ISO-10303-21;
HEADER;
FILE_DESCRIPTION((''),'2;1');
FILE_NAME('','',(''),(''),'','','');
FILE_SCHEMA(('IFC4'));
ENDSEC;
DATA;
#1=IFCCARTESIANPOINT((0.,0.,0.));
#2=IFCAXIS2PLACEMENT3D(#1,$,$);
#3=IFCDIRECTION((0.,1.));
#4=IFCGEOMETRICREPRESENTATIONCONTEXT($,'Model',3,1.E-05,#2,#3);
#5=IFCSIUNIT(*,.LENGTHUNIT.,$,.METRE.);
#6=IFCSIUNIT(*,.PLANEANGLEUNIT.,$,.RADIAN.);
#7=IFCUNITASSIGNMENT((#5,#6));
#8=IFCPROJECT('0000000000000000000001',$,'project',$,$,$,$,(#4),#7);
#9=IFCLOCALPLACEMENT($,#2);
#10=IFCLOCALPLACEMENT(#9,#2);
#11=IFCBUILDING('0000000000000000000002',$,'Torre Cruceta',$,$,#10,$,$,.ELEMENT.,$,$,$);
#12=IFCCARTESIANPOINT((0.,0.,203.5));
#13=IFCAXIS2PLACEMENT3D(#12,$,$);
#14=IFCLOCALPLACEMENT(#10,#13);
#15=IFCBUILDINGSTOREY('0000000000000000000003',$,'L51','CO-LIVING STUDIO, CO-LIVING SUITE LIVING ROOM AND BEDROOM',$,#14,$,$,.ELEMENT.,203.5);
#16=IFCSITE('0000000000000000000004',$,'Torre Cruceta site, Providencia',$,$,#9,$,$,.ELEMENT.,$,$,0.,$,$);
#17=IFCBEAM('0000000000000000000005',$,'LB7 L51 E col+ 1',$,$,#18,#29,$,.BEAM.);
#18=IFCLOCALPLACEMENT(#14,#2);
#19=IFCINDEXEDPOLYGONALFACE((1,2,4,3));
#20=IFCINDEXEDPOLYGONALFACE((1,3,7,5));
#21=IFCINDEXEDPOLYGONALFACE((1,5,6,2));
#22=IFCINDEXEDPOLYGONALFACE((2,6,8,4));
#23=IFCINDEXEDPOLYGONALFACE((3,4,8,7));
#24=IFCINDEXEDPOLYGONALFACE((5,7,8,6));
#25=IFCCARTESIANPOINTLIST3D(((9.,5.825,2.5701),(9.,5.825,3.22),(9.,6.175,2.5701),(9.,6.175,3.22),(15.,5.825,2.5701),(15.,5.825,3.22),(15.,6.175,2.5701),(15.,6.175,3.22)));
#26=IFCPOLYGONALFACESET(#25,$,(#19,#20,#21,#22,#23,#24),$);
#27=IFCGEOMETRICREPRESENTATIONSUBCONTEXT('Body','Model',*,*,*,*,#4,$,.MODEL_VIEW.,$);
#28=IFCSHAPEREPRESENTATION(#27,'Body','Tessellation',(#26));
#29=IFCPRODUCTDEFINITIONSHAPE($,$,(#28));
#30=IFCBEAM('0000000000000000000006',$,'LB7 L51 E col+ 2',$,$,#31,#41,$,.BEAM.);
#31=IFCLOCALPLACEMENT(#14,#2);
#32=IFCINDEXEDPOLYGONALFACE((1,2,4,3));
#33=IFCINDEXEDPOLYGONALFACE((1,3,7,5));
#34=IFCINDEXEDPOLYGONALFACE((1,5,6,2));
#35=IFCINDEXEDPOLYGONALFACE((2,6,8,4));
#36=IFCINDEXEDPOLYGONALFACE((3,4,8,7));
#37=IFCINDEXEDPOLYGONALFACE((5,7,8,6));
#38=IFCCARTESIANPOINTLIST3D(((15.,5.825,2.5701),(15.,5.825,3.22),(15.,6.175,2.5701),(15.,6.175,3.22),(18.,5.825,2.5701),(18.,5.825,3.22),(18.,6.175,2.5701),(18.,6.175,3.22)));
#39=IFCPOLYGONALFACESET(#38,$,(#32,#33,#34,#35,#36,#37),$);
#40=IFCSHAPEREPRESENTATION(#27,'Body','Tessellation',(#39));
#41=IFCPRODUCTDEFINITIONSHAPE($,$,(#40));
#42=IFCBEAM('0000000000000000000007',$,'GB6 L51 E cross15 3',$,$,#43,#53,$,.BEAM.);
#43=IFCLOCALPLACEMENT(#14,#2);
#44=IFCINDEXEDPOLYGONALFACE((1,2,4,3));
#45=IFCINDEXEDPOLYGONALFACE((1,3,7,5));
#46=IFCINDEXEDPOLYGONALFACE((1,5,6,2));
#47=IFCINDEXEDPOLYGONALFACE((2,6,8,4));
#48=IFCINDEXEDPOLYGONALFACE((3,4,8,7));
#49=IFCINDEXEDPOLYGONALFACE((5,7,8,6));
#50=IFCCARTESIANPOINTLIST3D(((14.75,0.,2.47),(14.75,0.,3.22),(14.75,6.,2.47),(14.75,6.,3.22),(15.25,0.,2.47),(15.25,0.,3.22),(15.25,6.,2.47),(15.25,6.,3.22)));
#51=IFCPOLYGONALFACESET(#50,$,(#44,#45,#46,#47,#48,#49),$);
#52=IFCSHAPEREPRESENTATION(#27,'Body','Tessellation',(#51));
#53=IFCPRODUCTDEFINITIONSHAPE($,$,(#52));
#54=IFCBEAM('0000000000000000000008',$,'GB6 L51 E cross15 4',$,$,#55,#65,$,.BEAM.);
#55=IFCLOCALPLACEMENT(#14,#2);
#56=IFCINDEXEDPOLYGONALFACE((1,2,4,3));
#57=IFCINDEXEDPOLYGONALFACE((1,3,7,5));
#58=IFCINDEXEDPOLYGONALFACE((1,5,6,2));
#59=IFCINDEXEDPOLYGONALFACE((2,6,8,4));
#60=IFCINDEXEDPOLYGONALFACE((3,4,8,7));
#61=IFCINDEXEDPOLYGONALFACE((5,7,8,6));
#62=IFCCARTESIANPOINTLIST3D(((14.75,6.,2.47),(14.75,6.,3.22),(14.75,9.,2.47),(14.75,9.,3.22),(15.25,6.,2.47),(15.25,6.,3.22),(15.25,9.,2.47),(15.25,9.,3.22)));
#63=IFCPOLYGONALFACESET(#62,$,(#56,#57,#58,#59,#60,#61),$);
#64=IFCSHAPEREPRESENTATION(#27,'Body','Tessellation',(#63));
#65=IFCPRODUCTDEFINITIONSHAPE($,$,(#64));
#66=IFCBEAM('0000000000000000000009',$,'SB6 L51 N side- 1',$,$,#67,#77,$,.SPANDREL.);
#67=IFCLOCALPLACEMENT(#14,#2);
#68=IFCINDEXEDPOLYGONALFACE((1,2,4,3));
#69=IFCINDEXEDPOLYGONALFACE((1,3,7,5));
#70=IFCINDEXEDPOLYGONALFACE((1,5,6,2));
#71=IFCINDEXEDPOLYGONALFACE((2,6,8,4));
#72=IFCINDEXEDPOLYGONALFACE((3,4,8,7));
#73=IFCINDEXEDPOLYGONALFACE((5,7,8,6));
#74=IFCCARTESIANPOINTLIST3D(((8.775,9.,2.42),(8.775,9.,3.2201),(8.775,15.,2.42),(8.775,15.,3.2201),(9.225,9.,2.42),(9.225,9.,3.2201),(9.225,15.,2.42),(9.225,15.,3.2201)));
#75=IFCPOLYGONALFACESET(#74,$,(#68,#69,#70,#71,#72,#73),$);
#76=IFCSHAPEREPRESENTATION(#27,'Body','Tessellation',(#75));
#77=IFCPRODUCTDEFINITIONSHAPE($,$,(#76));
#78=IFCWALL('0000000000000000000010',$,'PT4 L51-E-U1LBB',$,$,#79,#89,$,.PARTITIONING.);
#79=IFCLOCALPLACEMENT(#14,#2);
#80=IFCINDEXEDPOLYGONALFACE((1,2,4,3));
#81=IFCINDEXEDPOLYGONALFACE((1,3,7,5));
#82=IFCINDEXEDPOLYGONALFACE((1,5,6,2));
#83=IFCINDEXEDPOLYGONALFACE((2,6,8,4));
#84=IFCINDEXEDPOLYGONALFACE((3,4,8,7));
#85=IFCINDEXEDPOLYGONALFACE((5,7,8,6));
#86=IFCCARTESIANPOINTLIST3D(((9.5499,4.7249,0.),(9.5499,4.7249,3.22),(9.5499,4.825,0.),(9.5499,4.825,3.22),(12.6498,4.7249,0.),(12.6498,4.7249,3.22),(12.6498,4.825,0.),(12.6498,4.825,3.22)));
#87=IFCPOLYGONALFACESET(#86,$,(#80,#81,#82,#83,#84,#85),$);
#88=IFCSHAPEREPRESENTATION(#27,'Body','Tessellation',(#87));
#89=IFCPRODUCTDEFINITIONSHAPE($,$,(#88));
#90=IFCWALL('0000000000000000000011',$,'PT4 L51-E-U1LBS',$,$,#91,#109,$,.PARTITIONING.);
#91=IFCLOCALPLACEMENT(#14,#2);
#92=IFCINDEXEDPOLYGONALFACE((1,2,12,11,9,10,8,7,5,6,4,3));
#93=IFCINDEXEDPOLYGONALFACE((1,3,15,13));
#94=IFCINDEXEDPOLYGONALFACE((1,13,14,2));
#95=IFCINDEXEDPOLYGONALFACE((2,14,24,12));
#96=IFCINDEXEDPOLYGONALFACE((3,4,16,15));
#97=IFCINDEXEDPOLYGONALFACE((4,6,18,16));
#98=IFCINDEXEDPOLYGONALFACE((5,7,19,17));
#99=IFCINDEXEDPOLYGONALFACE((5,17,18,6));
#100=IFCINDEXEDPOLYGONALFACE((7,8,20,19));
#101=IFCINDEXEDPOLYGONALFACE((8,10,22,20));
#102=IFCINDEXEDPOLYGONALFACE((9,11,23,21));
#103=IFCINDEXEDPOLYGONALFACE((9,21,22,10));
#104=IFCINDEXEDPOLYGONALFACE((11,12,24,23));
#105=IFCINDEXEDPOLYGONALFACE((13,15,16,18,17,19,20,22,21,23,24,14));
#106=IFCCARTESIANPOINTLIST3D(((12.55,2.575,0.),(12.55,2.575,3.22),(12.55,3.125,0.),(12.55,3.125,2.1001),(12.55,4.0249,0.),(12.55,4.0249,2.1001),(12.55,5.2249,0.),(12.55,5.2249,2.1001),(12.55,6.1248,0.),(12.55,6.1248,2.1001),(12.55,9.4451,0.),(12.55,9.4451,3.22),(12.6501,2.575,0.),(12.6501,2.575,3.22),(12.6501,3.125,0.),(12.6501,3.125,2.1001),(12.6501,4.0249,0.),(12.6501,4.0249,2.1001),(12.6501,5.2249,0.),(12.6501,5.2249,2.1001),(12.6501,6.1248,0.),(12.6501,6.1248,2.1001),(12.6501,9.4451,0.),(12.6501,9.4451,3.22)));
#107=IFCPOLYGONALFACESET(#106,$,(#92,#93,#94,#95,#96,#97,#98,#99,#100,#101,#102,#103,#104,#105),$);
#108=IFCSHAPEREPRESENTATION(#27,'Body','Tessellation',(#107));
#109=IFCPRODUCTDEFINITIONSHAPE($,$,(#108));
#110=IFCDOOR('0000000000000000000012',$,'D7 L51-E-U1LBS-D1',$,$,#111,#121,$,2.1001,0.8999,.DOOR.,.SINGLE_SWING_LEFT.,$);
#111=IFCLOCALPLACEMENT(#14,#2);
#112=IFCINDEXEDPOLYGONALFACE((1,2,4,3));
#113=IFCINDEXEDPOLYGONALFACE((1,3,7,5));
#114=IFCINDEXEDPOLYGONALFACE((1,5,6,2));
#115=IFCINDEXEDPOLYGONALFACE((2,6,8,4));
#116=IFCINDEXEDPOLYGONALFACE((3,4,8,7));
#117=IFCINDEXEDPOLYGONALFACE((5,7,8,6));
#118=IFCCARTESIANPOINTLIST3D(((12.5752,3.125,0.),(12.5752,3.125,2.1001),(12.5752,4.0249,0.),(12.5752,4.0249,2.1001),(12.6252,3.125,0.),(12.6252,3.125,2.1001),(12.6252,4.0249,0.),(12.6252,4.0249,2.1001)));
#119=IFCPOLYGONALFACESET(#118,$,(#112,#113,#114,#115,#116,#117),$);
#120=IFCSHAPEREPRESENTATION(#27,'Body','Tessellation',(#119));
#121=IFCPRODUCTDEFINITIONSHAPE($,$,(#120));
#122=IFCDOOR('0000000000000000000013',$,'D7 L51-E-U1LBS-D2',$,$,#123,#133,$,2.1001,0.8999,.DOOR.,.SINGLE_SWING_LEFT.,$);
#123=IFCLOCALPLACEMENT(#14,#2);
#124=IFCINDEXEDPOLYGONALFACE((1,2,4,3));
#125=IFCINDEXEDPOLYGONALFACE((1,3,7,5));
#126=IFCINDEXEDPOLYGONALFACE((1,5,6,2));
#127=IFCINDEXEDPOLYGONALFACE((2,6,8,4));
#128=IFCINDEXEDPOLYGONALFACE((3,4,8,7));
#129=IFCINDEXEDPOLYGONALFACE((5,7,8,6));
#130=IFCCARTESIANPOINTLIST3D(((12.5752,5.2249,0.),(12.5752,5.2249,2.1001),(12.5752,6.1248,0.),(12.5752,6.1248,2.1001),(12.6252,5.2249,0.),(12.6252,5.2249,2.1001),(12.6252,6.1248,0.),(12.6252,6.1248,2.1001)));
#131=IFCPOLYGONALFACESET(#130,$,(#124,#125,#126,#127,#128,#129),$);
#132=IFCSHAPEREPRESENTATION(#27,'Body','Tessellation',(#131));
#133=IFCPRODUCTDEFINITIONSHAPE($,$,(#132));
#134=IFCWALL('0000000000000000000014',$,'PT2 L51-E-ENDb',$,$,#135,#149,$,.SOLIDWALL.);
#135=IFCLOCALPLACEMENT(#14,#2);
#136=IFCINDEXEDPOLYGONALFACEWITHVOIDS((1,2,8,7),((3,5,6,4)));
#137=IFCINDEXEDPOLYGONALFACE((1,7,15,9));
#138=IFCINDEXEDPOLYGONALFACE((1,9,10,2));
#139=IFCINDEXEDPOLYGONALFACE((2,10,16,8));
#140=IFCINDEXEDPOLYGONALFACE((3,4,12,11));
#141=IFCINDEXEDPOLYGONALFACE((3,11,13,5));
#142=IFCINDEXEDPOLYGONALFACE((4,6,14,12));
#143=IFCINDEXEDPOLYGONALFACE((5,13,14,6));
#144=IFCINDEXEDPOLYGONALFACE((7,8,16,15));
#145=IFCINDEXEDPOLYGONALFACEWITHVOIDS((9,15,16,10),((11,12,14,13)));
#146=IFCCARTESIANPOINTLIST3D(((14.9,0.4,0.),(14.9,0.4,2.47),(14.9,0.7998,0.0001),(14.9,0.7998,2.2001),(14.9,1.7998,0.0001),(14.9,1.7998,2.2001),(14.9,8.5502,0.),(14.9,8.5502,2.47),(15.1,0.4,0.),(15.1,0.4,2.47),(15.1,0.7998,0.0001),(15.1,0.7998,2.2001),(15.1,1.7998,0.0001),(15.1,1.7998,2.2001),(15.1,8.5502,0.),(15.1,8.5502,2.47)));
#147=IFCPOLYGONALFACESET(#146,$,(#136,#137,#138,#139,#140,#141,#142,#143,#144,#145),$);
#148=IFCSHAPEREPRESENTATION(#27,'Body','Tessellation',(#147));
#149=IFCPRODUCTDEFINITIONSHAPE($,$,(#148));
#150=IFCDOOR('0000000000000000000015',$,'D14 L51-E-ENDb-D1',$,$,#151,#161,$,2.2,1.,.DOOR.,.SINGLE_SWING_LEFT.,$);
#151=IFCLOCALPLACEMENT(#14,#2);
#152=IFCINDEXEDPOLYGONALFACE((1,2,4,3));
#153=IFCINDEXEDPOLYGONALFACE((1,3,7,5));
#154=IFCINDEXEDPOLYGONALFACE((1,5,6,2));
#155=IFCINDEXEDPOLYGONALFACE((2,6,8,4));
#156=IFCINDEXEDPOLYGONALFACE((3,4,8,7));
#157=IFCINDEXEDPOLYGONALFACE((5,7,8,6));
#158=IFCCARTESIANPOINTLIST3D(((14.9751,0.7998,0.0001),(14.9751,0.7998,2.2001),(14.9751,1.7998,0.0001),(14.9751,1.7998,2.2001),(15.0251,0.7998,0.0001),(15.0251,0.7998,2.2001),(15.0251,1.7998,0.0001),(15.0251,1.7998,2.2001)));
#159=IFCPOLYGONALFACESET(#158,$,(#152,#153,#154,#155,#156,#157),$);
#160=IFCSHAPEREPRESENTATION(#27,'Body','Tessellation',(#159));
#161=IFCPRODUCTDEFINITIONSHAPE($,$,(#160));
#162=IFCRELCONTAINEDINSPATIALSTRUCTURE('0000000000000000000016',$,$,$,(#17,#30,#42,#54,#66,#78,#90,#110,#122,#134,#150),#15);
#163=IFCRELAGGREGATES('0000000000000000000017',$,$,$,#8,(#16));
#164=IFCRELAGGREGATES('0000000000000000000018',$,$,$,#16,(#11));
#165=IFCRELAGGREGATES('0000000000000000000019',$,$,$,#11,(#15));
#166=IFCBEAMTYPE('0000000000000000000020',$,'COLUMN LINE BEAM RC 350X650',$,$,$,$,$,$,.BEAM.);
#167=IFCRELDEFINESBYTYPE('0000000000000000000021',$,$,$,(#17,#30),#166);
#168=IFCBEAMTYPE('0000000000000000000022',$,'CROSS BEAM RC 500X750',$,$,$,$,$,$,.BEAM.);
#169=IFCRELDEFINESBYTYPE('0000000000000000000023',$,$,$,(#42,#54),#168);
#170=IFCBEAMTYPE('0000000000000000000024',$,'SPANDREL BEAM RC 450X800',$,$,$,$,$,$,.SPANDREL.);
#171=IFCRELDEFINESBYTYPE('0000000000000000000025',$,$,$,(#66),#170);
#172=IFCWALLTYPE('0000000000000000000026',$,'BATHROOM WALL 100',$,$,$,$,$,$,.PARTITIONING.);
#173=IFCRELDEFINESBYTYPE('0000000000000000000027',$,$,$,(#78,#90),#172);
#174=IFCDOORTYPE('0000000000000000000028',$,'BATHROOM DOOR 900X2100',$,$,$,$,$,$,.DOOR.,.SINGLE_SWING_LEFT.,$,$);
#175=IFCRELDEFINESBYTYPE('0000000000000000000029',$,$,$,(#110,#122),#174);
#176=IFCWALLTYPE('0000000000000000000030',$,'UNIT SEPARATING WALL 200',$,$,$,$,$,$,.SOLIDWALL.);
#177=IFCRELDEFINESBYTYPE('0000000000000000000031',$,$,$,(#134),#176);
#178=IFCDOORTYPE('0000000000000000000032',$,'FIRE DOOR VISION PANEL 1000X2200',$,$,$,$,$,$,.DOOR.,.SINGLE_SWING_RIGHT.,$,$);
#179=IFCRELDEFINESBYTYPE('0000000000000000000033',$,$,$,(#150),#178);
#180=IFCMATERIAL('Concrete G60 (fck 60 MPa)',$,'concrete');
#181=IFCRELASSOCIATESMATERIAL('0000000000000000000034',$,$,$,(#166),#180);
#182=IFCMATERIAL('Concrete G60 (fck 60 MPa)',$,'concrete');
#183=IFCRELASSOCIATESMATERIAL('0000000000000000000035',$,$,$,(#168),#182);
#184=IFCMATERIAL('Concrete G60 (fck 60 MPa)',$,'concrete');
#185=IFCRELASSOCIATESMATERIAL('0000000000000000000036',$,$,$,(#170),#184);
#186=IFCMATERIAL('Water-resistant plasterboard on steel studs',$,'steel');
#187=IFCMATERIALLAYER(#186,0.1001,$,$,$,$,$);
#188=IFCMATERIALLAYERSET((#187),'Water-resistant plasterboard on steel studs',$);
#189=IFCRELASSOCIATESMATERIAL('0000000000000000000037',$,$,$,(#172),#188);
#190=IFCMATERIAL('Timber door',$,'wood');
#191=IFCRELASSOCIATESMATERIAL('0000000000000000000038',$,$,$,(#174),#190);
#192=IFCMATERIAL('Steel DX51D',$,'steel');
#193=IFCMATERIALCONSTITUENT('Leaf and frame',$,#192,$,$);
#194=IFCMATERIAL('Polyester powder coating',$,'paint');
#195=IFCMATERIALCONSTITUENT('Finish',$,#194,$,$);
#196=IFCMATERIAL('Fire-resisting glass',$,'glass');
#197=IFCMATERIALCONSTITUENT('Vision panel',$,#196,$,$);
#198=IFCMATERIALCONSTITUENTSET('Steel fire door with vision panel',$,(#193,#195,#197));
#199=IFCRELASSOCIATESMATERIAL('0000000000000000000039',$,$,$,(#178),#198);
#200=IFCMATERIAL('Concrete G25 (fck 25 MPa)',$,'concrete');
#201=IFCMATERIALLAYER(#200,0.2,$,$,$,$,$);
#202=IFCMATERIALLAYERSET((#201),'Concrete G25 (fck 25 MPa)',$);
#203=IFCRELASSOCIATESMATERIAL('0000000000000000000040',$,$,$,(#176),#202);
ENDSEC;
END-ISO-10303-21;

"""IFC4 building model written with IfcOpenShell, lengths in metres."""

from ifc_helpers import new_model, si_unit, direction, frame, frame_2d, origin, origin_2d, place, context, subcontext, project, spatial, rectangle, extrude, material, layer, layer_set, constituent, constituent_set, material_profile, profile_set, type_object, element, fill, save


model = new_model("IFC4")

# Units and contexts
model_context = context("Model", 3, precision=1e-05, world=origin(), true_north=direction((0.0, 1.0)))
body_context = subcontext(model_context, "Body", "Model", "MODEL_VIEW")
ifc_project = project(units=[si_unit("LENGTHUNIT", "METRE"), si_unit("PLANEANGLEUNIT", "RADIAN")], contexts=[model_context])

# Site, building, storey
site_placement = place(None, origin())
site = spatial("IfcSite", under=ifc_project, at=site_placement, Name="Torre Cruceta site, Providencia", CompositionType="ELEMENT", RefElevation=0.0)
building_placement = place(site_placement, origin())
building = spatial("IfcBuilding", under=site, at=building_placement, Name="Torre Cruceta", CompositionType="ELEMENT")
storey_placement = place(building_placement, frame((0.0, 0.0, 203.5)))
storey = spatial("IfcBuildingStorey", under=building, at=storey_placement, Name="L51", Description="CO-LIVING STUDIO, CO-LIVING SUITE LIVING ROOM AND BEDROOM", CompositionType="ELEMENT", Elevation=203.5)

# Beams
ifc_material_1 = material(Name="Concrete G60 (fck 60 MPa)", Category="concrete")
ifc_material_profile_1 = material_profile(ifc_material_1, rectangle(XDim=0.3501, YDim=0.6499, at=origin_2d()), Name="RC 350X650")
ifc_profile_set_1 = profile_set([ifc_material_profile_1], Name="Concrete G60 (fck 60 MPa)")
beam_type_1 = type_object("IfcBeamType", Name="COLUMN LINE BEAM RC 350X650", PredefinedType="BEAM", material=ifc_profile_set_1)
beam_1_placement = place(storey_placement, frame((9.0, 6.0, 2.895), z_axis=(1.0, 0.0, 0.0), x_axis=(0.0, 1.0, 0.0)))
element("IfcBeam", 1, at=beam_1_placement, inside=storey, type_object=beam_type_1, Name="LB7 L51 E col+ 1", PredefinedType="BEAM", context=body_context, shape_type="SweptSolid", body=[
    extrude(rectangle(XDim=0.3501, YDim=0.6499, at=origin_2d()), origin(), (0.0, 0.0, 1.0), 6.0),
])
beam_2_placement = place(storey_placement, frame((15.0, 6.0, 2.895), z_axis=(1.0, 0.0, 0.0), x_axis=(0.0, 1.0, 0.0)))
element("IfcBeam", 2, at=beam_2_placement, inside=storey, type_object=beam_type_1, Name="LB7 L51 E col+ 2", PredefinedType="BEAM", context=body_context, shape_type="SweptSolid", body=[
    extrude(rectangle(XDim=0.3501, YDim=0.6499, at=origin_2d()), origin(), (0.0, 0.0, 1.0), 3.0),
])
ifc_material_2 = material(Name="Concrete G60 (fck 60 MPa)", Category="concrete")
ifc_material_profile_2 = material_profile(ifc_material_2, rectangle(XDim=0.5, YDim=0.75, at=origin_2d()), Name="RC 500X750")
ifc_profile_set_2 = profile_set([ifc_material_profile_2], Name="Concrete G60 (fck 60 MPa)")
beam_type_2 = type_object("IfcBeamType", Name="CROSS BEAM RC 500X750", PredefinedType="BEAM", material=ifc_profile_set_2)
beam_3_placement = place(storey_placement, frame((15.0, 0.0, 2.845), z_axis=(0.0, 1.0, 0.0), x_axis=(-1.0, 0.0, 0.0)))
element("IfcBeam", 3, at=beam_3_placement, inside=storey, type_object=beam_type_2, Name="GB6 L51 E cross15 3", PredefinedType="BEAM", context=body_context, shape_type="SweptSolid", body=[
    extrude(rectangle(XDim=0.5, YDim=0.75, at=origin_2d()), origin(), (0.0, 0.0, 1.0), 6.0),
])
beam_4_placement = place(storey_placement, frame((15.0, 6.0, 2.845), z_axis=(0.0, 1.0, 0.0), x_axis=(-1.0, 0.0, 0.0)))
element("IfcBeam", 4, at=beam_4_placement, inside=storey, type_object=beam_type_2, Name="GB6 L51 E cross15 4", PredefinedType="BEAM", context=body_context, shape_type="SweptSolid", body=[
    extrude(rectangle(XDim=0.5, YDim=0.75, at=origin_2d()), origin(), (0.0, 0.0, 1.0), 3.0),
])
ifc_material_3 = material(Name="Concrete G60 (fck 60 MPa)", Category="concrete")
ifc_material_profile_3 = material_profile(ifc_material_3, rectangle(XDim=0.45, YDim=0.8, at=origin_2d()), Name="RC 450X800")
ifc_profile_set_3 = profile_set([ifc_material_profile_3], Name="Concrete G60 (fck 60 MPa)")
beam_type_3 = type_object("IfcBeamType", Name="SPANDREL BEAM RC 450X800", PredefinedType="SPANDREL", material=ifc_profile_set_3)
beam_5_placement = place(storey_placement, frame((9.0, 9.0, 2.8201), z_axis=(0.0, 1.0, 0.0), x_axis=(-1.0, 0.0, 0.0)))
element("IfcBeam", 5, at=beam_5_placement, inside=storey, type_object=beam_type_3, Name="SB6 L51 N side- 1", PredefinedType="SPANDREL", context=body_context, shape_type="SweptSolid", body=[
    extrude(rectangle(XDim=0.45, YDim=0.8, at=origin_2d()), origin(), (0.0, 0.0, 1.0), 6.0),
])

# Wall
ifc_material_4 = material(Name="Water-resistant plasterboard on steel studs", Category="steel")
ifc_layer_1 = layer(ifc_material_4, 0.1001)
ifc_layer_set_1 = layer_set([ifc_layer_1], Name="Water-resistant plasterboard on steel studs")
wall_type_1 = type_object("IfcWallType", Name="BATHROOM WALL 100", PredefinedType="PARTITIONING", material=ifc_layer_set_1)
wall_1_placement = place(storey_placement, frame((9.55, 4.7749, 0.0), z_axis=(0.0, 0.0, 1.0), x_axis=(1.0, 0.0, 0.0)))
element("IfcWall", 6, at=wall_1_placement, inside=storey, type_object=wall_type_1, Name="PT4 L51-E-U1LBB", PredefinedType="PARTITIONING", context=body_context, shape_type="SweptSolid", body=[
    extrude(rectangle(XDim=3.0999, YDim=0.1001, at=frame_2d((1.5498, 0.0))), origin(), (0.0, 0.0, 1.0), 3.22),
])

# Wall, openings, doors
wall_2_placement = place(storey_placement, frame((12.6001, 2.575, 0.0), z_axis=(0.0, 0.0, 1.0), x_axis=(0.0, 1.0, 0.0)))
wall_2 = element("IfcWall", 7, at=wall_2_placement, inside=storey, type_object=wall_type_1, Name="PT4 L51-E-U1LBS", PredefinedType="PARTITIONING", context=body_context, shape_type="SweptSolid", body=[
    extrude(rectangle(XDim=6.8701, YDim=0.1001, at=frame_2d((3.4351, 0.0))), origin(), (0.0, 0.0, 1.0), 3.22),
])
opening_1_placement = place(wall_2_placement, frame((0.55, 0.0, 0.0)))
opening_1 = element("IfcOpeningElement", 8, at=opening_1_placement, cuts=wall_2, PredefinedType="OPENING", context=body_context, shape_type="SweptSolid", body=[
    extrude(rectangle(XDim=0.8999, YDim=2.1001, at=frame_2d((0.45, 1.05))), frame((0.0, 0.0601, 0.0), z_axis=(0.0, -1.0, 0.0), x_axis=(1.0, 0.0, 0.0)), (0.0, 0.0, 1.0), 0.1201),
])
opening_2_placement = place(wall_2_placement, frame((2.6499, 0.0, 0.0)))
opening_2 = element("IfcOpeningElement", 9, at=opening_2_placement, cuts=wall_2, PredefinedType="OPENING", context=body_context, shape_type="SweptSolid", body=[
    extrude(rectangle(XDim=0.8999, YDim=2.1001, at=frame_2d((0.45, 1.05))), frame((0.0, 0.0601, 0.0), z_axis=(0.0, -1.0, 0.0), x_axis=(1.0, 0.0, 0.0)), (0.0, 0.0, 1.0), 0.1201),
])
ifc_material_5 = material(Name="Timber door", Category="wood")
door_type_1 = type_object("IfcDoorType", Name="BATHROOM DOOR 900X2100", OperationType="SINGLE_SWING_LEFT", PredefinedType="DOOR", material=ifc_material_5)
door_1_placement = place(opening_1_placement, origin())
door_1 = element("IfcDoor", 10, at=door_1_placement, inside=storey, type_object=door_type_1, Name="D7 L51-E-U1LBS-D1", OperationType="SINGLE_SWING_LEFT", OverallHeight=2.1001, OverallWidth=0.8999, PredefinedType="DOOR", context=body_context, shape_type="SweptSolid", body=[
    extrude(rectangle(XDim=0.8999, YDim=2.1001, at=frame_2d((0.45, 1.05))), frame((0.0, 0.0249, 0.0), z_axis=(0.0, -1.0, 0.0), x_axis=(1.0, 0.0, 0.0)), (0.0, 0.0, 1.0), 0.05),
])
fill(opening_1, door_1)
door_2_placement = place(opening_2_placement, origin())
door_2 = element("IfcDoor", 11, at=door_2_placement, inside=storey, type_object=door_type_1, Name="D7 L51-E-U1LBS-D2", OperationType="SINGLE_SWING_LEFT", OverallHeight=2.1001, OverallWidth=0.8999, PredefinedType="DOOR", context=body_context, shape_type="SweptSolid", body=[
    extrude(rectangle(XDim=0.8999, YDim=2.1001, at=frame_2d((0.45, 1.05))), frame((0.0, 0.0249, 0.0), z_axis=(0.0, -1.0, 0.0), x_axis=(1.0, 0.0, 0.0)), (0.0, 0.0, 1.0), 0.05),
])
fill(opening_2, door_2)

# Shared definitions
ifc_material_6 = material(Name="Steel DX51D", Category="steel")
ifc_constituent_1 = constituent(ifc_material_6, Name="Leaf and frame")
ifc_material_7 = material(Name="Polyester powder coating", Category="paint")
ifc_constituent_2 = constituent(ifc_material_7, Name="Finish")
ifc_material_8 = material(Name="Fire-resisting glass", Category="glass")
ifc_constituent_3 = constituent(ifc_material_8, Name="Vision panel")
ifc_constituent_set_1 = constituent_set(constituents=[ifc_constituent_1, ifc_constituent_2, ifc_constituent_3], Name="Steel fire door with vision panel")
door_type_2 = type_object("IfcDoorType", Name="FIRE DOOR VISION PANEL 1000X2200", OperationType="SINGLE_SWING_RIGHT", PredefinedType="DOOR", material=ifc_constituent_set_1)

# Wall, opening, door
ifc_material_9 = material(Name="Concrete G25 (fck 25 MPa)", Category="concrete")
ifc_layer_2 = layer(ifc_material_9, 0.2)
ifc_layer_set_2 = layer_set([ifc_layer_2], Name="Concrete G25 (fck 25 MPa)")
wall_type_2 = type_object("IfcWallType", Name="UNIT SEPARATING WALL 200", PredefinedType="SOLIDWALL", material=ifc_layer_set_2)
wall_3_placement = place(storey_placement, frame((15.0, 0.3999, 0.0), z_axis=(0.0, 0.0, 1.0), x_axis=(0.0, 1.0, 0.0)))
wall_3 = element("IfcWall", 12, at=wall_3_placement, inside=storey, type_object=wall_type_2, Name="PT2 L51-E-ENDb", PredefinedType="SOLIDWALL", context=body_context, shape_type="SweptSolid", body=[
    extrude(rectangle(XDim=8.1501, YDim=0.2, at=frame_2d((4.0752, 0.0))), origin(), (0.0, 0.0, 1.0), 2.47),
])
opening_3_placement = place(wall_3_placement, frame((0.3999, 0.0, 0.0)))
opening_3 = element("IfcOpeningElement", 13, at=opening_3_placement, cuts=wall_3, PredefinedType="OPENING", context=body_context, shape_type="SweptSolid", body=[
    extrude(rectangle(XDim=1.0, YDim=2.2, at=frame_2d((0.5, 1.1001))), frame((0.0, 0.1099, 0.0), z_axis=(0.0, -1.0, 0.0), x_axis=(1.0, 0.0, 0.0)), (0.0, 0.0, 1.0), 0.22),
])
door_3_placement = place(opening_3_placement, frame((1.0, 0.0, 0.0), z_axis=(0.0, 0.0, 1.0), x_axis=(-1.0, 0.0, 0.0)))
door_3 = element("IfcDoor", 14, at=door_3_placement, inside=storey, type_object=door_type_2, Name="D14 L51-E-ENDb-D1", OperationType="SINGLE_SWING_LEFT", OverallHeight=2.2, OverallWidth=1.0, PredefinedType="DOOR", context=body_context, shape_type="SweptSolid", body=[
    extrude(rectangle(XDim=1.0, YDim=2.2, at=frame_2d((0.5, 1.1001))), frame((0.0, 0.0251, 0.0), z_axis=(0.0, -1.0, 0.0), x_axis=(1.0, 0.0, 0.0)), (0.0, 0.0, 1.0), 0.05),
])
fill(opening_3, door_3)

save(model, "model.ifc")
